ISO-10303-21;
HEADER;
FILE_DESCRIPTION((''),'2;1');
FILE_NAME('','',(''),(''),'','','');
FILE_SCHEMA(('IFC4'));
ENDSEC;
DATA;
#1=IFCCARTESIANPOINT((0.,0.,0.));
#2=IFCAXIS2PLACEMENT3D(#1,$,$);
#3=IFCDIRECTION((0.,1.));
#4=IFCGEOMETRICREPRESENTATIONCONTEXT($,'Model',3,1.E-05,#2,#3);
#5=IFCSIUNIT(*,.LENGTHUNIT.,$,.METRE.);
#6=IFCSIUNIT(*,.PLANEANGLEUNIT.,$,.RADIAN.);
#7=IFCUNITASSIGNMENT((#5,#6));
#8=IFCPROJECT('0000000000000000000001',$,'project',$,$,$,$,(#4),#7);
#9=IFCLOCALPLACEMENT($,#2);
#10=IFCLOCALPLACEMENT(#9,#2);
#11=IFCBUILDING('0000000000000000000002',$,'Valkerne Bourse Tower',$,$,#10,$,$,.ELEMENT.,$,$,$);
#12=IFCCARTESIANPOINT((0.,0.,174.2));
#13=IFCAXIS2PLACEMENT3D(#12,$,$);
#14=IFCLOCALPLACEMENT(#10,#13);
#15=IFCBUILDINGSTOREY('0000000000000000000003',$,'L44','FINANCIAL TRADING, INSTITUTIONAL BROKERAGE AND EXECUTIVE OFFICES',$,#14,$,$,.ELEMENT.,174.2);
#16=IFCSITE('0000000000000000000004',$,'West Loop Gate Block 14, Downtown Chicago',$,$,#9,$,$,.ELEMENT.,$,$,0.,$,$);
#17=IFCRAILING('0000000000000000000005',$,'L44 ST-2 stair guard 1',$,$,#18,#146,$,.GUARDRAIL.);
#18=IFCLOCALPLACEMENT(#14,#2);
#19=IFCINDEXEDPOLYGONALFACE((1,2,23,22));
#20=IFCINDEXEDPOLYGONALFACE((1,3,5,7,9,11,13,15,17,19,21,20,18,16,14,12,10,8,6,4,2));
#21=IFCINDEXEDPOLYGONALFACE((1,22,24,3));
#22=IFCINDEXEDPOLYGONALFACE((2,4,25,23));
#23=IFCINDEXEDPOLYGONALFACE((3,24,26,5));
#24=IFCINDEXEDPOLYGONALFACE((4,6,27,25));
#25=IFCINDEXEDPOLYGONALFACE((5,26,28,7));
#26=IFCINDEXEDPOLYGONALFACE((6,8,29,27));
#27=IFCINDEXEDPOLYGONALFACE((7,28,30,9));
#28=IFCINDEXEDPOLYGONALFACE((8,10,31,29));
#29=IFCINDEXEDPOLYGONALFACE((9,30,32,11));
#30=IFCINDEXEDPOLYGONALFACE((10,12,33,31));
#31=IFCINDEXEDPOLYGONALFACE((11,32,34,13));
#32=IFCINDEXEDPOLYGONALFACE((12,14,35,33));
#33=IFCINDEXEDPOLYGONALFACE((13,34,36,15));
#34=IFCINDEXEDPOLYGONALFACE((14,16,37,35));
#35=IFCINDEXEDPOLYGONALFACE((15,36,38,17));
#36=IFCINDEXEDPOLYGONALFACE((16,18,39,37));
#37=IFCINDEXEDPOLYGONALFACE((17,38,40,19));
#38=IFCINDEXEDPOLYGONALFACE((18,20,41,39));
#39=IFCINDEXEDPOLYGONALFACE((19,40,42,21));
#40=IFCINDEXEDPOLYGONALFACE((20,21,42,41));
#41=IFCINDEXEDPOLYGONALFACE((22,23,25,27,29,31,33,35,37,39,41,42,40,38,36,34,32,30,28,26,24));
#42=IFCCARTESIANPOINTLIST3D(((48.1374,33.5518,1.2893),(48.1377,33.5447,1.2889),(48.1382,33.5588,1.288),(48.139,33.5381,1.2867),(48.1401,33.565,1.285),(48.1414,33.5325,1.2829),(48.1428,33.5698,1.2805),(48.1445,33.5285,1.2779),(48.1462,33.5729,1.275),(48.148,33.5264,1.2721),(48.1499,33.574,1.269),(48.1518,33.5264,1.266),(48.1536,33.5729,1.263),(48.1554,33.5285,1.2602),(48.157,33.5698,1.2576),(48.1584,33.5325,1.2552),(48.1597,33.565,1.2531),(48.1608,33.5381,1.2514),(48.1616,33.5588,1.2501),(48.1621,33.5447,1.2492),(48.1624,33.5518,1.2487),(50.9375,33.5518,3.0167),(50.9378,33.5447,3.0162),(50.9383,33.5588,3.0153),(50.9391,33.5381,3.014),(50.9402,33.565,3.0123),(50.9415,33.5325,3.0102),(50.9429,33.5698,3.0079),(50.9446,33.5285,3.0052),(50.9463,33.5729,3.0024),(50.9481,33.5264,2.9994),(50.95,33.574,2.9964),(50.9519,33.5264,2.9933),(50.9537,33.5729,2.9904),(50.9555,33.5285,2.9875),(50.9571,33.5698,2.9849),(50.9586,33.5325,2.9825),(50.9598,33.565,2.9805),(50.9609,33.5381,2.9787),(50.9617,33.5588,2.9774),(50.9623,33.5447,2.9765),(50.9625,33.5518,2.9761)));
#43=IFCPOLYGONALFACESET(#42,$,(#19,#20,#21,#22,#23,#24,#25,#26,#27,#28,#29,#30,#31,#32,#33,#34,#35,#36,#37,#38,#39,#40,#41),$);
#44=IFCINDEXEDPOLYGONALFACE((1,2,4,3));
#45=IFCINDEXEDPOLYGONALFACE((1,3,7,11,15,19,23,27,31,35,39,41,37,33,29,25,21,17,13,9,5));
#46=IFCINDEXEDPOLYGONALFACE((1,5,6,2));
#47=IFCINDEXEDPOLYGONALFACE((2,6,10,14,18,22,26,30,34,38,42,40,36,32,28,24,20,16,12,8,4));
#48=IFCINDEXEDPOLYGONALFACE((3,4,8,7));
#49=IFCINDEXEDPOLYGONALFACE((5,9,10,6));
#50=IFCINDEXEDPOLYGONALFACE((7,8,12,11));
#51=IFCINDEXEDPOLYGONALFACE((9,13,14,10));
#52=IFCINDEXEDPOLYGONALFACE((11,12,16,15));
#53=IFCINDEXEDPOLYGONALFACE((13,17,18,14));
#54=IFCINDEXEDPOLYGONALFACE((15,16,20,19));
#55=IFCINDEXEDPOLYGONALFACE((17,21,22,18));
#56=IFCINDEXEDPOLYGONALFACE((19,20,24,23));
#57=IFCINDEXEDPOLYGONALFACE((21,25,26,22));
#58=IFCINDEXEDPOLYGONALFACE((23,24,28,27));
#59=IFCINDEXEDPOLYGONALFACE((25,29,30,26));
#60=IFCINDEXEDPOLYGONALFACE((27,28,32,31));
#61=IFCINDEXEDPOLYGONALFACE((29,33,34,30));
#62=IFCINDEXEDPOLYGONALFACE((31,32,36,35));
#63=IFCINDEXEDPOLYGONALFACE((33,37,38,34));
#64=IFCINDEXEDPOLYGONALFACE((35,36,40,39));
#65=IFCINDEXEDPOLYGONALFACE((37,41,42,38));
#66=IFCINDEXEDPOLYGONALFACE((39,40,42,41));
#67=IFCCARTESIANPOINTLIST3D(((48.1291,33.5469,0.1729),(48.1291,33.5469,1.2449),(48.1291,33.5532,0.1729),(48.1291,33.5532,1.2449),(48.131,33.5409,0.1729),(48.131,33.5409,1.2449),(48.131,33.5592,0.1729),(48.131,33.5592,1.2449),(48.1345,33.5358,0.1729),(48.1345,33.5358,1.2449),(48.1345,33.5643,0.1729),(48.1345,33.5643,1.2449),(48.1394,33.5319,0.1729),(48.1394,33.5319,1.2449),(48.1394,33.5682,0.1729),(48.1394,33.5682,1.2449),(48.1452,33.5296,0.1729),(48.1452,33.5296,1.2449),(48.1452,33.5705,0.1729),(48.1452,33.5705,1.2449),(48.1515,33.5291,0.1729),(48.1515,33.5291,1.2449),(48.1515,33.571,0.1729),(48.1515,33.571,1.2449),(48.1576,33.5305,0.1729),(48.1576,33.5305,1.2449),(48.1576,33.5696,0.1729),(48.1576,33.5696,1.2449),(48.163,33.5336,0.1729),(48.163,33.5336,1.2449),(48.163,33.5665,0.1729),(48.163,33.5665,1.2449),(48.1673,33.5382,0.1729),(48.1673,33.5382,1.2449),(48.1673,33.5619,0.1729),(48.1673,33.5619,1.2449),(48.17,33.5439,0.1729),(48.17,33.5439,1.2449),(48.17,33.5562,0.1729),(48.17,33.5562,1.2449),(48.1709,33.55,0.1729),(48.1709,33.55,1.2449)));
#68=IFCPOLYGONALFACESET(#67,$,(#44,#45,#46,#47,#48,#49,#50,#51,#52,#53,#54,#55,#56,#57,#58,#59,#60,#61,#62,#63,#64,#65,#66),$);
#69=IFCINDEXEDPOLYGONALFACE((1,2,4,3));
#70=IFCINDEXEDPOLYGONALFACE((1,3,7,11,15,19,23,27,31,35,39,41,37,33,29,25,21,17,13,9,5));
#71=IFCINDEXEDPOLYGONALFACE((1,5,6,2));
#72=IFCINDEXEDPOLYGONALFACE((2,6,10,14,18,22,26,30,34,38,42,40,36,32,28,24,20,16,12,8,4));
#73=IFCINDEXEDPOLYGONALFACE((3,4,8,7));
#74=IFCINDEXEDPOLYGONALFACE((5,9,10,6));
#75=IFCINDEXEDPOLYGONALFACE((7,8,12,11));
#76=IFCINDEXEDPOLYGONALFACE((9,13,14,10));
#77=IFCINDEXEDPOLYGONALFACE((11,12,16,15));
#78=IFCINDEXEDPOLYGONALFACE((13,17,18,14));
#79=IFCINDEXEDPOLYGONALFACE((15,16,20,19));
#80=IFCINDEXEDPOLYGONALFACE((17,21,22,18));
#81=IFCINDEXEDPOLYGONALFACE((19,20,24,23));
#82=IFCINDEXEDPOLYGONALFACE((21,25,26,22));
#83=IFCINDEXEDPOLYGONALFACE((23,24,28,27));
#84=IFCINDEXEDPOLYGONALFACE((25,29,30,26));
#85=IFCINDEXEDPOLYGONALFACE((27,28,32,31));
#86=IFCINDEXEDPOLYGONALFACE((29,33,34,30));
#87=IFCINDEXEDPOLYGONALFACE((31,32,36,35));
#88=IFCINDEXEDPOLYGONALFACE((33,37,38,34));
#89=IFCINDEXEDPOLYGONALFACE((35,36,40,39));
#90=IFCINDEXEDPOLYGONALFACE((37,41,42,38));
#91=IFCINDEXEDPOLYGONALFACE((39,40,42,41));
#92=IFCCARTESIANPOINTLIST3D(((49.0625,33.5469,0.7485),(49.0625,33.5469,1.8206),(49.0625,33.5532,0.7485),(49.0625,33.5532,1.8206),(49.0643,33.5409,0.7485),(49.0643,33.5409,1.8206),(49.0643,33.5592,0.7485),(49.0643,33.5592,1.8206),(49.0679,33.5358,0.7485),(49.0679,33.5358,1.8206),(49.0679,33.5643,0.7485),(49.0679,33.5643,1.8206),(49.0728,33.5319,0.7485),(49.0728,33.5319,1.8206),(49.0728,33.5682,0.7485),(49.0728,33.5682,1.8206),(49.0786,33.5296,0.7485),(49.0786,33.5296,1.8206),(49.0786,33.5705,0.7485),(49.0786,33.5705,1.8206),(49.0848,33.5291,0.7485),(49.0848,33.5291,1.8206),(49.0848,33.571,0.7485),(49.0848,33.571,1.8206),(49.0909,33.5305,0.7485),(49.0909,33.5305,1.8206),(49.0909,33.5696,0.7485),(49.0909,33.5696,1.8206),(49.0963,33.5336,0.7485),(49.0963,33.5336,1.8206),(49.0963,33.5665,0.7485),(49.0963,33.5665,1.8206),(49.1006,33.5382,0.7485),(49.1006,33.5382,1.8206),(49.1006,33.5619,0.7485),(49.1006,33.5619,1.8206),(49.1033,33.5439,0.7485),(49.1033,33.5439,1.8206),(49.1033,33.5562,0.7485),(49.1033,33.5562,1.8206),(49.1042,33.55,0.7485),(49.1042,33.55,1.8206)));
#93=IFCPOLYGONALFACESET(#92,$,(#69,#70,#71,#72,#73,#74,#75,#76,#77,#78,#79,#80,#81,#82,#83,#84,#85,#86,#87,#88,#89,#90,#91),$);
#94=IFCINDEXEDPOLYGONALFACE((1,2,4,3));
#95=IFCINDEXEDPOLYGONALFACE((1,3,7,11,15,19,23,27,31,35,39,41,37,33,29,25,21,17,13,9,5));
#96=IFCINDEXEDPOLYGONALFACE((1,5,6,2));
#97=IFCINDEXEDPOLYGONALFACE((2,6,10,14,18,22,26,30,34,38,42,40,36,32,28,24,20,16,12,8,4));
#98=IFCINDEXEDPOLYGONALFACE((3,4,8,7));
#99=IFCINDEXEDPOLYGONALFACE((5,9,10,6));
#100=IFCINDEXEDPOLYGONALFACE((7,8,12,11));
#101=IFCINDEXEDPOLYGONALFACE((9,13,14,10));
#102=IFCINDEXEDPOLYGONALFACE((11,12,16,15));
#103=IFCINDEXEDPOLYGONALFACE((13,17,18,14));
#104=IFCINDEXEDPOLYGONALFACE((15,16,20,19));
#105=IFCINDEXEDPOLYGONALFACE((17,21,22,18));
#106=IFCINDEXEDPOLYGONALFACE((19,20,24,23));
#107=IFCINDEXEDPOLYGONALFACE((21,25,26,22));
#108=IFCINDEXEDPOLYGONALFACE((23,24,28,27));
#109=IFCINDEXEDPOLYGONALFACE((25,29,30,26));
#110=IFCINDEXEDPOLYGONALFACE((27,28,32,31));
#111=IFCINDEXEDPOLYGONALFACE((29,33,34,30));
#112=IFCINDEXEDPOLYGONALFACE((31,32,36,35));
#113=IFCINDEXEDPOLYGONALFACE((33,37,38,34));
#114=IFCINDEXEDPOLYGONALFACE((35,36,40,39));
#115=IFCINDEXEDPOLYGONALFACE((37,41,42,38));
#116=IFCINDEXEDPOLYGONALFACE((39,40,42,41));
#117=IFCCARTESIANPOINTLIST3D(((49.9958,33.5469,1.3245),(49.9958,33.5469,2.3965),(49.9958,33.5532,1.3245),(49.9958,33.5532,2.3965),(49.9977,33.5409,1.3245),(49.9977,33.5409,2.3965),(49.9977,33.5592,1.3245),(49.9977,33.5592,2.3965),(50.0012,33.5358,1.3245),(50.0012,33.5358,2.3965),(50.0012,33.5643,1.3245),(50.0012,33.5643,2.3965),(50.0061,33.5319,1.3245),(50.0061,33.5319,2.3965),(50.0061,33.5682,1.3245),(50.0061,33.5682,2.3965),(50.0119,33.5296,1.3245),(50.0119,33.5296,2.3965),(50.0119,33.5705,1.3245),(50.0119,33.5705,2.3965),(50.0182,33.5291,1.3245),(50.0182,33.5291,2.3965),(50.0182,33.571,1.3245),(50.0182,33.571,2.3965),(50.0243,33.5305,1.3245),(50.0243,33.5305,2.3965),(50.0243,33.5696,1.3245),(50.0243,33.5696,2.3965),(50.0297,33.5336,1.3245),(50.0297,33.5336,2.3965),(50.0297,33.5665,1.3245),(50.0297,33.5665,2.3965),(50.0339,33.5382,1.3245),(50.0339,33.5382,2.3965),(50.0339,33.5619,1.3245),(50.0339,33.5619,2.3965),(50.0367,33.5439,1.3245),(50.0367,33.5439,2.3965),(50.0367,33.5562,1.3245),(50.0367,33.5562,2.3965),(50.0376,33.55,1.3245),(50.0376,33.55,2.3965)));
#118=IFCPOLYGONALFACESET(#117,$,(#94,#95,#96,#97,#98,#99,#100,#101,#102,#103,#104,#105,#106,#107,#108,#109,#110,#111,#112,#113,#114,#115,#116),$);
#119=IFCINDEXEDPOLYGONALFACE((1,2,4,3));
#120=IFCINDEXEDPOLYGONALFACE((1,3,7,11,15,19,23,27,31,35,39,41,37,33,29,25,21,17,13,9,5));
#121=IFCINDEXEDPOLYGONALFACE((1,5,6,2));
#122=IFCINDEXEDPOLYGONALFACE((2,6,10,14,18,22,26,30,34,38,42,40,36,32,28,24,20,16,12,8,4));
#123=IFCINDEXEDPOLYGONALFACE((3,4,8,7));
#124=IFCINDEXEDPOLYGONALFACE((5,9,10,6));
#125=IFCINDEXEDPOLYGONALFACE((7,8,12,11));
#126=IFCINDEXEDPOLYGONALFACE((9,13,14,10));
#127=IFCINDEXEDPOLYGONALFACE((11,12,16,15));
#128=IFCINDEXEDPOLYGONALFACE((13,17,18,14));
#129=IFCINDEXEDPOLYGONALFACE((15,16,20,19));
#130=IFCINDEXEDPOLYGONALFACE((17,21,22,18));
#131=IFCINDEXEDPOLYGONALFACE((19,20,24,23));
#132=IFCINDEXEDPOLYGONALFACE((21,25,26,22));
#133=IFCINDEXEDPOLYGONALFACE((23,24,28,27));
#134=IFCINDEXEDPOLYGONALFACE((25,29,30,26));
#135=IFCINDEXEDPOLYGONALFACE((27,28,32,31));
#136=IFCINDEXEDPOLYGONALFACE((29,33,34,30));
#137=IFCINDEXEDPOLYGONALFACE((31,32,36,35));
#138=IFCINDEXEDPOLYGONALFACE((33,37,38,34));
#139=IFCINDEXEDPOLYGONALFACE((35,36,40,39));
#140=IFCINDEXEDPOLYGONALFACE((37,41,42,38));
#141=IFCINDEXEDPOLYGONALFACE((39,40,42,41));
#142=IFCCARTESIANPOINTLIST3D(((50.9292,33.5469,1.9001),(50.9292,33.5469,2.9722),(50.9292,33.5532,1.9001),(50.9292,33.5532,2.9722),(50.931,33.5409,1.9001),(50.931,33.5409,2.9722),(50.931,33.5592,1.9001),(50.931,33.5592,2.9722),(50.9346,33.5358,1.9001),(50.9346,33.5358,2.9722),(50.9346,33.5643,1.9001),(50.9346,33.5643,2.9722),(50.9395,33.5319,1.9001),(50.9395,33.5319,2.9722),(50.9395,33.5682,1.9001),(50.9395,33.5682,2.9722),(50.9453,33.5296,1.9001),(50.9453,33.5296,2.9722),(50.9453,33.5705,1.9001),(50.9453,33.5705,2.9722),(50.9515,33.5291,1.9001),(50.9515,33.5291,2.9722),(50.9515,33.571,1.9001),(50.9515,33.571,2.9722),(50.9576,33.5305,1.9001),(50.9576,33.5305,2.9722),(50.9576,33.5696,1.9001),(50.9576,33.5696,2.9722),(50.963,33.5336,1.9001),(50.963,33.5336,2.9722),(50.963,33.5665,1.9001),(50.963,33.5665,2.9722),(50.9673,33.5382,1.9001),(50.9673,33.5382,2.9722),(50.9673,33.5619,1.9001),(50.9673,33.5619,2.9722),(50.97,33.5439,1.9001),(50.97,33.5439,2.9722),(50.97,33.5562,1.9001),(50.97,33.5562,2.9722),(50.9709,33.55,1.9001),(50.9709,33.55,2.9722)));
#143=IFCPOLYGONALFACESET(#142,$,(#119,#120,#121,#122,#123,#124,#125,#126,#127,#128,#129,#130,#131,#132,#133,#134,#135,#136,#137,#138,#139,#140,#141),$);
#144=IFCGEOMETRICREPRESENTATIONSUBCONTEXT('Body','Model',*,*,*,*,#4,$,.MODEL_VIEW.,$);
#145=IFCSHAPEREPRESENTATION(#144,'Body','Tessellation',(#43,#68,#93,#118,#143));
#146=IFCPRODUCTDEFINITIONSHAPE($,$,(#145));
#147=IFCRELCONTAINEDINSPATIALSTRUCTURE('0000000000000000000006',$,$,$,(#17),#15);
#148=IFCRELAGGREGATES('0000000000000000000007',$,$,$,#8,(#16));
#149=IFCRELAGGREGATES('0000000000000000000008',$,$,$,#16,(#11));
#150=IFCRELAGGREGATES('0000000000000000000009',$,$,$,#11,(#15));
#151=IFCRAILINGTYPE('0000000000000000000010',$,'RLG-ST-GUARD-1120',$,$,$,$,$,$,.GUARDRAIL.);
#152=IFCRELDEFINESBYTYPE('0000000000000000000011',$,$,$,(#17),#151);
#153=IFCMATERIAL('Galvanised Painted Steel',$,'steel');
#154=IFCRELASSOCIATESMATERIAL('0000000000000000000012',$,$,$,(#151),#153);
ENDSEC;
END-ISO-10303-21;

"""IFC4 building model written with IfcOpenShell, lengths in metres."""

from ifc_helpers import new_model, si_unit, direction, frame, origin, origin_2d, place, context, subcontext, project, spatial, circle, extrude, material, type_object, element, save


model = new_model("IFC4")

# Units and contexts
model_context = context("Model", 3, precision=1e-05, world=origin(), true_north=direction((0.0, 1.0)))
body_context = subcontext(model_context, "Body", "Model", "MODEL_VIEW")
ifc_project = project(units=[si_unit("LENGTHUNIT", "METRE"), si_unit("PLANEANGLEUNIT", "RADIAN")], contexts=[model_context])

# Site, building, storey
site_placement = place(None, origin())
site = spatial("IfcSite", under=ifc_project, at=site_placement, Name="West Loop Gate Block 14, Downtown Chicago", CompositionType="ELEMENT", RefElevation=0.0)
building_placement = place(site_placement, origin())
building = spatial("IfcBuilding", under=site, at=building_placement, Name="Valkerne Bourse Tower", CompositionType="ELEMENT")
storey_placement = place(building_placement, frame((0.0, 0.0, 174.2)))
storey = spatial("IfcBuildingStorey", under=building, at=storey_placement, Name="L44", Description="FINANCIAL TRADING, INSTITUTIONAL BROKERAGE AND EXECUTIVE OFFICES", CompositionType="ELEMENT", Elevation=174.2)

# Shared definitions
ifc_material_1 = material(Name="Galvanised Painted Steel", Category="steel")

# Railing
railing_type_1 = type_object("IfcRailingType", Name="RLG-ST-GUARD-1120", PredefinedType="GUARDRAIL", material=ifc_material_1)
railing_1_placement = place(storey_placement, frame((48.1499, 33.55, 0.1729)))
element("IfcRailing", 1, at=railing_1_placement, inside=storey, type_object=railing_type_1, Name="L44 ST-2 stair guard 1", PredefinedType="GUARDRAIL", context=body_context, shape_type="SweptSolid", body=[
    extrude(circle(Radius=0.0239, at=origin_2d()), frame((0.0, 0.0, 1.0962), z_axis=(0.85109, 0.0, 0.52502), x_axis=(0.0, 1.0, 0.0)), (0.0, 0.0, 1.0), 3.29),
    extrude(circle(Radius=0.021, at=origin_2d()), origin(), (0.0, 0.0, 1.0), 1.072),
    extrude(circle(Radius=0.021, at=origin_2d()), frame((0.9333, 0.0, 0.5757)), (0.0, 0.0, 1.0), 1.072),
    extrude(circle(Radius=0.021, at=origin_2d()), frame((1.8667, 0.0, 1.1516)), (0.0, 0.0, 1.0), 1.072),
    extrude(circle(Radius=0.021, at=origin_2d()), frame((2.8, 0.0, 1.7273)), (0.0, 0.0, 1.0), 1.072),
])

save(model, "model.ifc")
